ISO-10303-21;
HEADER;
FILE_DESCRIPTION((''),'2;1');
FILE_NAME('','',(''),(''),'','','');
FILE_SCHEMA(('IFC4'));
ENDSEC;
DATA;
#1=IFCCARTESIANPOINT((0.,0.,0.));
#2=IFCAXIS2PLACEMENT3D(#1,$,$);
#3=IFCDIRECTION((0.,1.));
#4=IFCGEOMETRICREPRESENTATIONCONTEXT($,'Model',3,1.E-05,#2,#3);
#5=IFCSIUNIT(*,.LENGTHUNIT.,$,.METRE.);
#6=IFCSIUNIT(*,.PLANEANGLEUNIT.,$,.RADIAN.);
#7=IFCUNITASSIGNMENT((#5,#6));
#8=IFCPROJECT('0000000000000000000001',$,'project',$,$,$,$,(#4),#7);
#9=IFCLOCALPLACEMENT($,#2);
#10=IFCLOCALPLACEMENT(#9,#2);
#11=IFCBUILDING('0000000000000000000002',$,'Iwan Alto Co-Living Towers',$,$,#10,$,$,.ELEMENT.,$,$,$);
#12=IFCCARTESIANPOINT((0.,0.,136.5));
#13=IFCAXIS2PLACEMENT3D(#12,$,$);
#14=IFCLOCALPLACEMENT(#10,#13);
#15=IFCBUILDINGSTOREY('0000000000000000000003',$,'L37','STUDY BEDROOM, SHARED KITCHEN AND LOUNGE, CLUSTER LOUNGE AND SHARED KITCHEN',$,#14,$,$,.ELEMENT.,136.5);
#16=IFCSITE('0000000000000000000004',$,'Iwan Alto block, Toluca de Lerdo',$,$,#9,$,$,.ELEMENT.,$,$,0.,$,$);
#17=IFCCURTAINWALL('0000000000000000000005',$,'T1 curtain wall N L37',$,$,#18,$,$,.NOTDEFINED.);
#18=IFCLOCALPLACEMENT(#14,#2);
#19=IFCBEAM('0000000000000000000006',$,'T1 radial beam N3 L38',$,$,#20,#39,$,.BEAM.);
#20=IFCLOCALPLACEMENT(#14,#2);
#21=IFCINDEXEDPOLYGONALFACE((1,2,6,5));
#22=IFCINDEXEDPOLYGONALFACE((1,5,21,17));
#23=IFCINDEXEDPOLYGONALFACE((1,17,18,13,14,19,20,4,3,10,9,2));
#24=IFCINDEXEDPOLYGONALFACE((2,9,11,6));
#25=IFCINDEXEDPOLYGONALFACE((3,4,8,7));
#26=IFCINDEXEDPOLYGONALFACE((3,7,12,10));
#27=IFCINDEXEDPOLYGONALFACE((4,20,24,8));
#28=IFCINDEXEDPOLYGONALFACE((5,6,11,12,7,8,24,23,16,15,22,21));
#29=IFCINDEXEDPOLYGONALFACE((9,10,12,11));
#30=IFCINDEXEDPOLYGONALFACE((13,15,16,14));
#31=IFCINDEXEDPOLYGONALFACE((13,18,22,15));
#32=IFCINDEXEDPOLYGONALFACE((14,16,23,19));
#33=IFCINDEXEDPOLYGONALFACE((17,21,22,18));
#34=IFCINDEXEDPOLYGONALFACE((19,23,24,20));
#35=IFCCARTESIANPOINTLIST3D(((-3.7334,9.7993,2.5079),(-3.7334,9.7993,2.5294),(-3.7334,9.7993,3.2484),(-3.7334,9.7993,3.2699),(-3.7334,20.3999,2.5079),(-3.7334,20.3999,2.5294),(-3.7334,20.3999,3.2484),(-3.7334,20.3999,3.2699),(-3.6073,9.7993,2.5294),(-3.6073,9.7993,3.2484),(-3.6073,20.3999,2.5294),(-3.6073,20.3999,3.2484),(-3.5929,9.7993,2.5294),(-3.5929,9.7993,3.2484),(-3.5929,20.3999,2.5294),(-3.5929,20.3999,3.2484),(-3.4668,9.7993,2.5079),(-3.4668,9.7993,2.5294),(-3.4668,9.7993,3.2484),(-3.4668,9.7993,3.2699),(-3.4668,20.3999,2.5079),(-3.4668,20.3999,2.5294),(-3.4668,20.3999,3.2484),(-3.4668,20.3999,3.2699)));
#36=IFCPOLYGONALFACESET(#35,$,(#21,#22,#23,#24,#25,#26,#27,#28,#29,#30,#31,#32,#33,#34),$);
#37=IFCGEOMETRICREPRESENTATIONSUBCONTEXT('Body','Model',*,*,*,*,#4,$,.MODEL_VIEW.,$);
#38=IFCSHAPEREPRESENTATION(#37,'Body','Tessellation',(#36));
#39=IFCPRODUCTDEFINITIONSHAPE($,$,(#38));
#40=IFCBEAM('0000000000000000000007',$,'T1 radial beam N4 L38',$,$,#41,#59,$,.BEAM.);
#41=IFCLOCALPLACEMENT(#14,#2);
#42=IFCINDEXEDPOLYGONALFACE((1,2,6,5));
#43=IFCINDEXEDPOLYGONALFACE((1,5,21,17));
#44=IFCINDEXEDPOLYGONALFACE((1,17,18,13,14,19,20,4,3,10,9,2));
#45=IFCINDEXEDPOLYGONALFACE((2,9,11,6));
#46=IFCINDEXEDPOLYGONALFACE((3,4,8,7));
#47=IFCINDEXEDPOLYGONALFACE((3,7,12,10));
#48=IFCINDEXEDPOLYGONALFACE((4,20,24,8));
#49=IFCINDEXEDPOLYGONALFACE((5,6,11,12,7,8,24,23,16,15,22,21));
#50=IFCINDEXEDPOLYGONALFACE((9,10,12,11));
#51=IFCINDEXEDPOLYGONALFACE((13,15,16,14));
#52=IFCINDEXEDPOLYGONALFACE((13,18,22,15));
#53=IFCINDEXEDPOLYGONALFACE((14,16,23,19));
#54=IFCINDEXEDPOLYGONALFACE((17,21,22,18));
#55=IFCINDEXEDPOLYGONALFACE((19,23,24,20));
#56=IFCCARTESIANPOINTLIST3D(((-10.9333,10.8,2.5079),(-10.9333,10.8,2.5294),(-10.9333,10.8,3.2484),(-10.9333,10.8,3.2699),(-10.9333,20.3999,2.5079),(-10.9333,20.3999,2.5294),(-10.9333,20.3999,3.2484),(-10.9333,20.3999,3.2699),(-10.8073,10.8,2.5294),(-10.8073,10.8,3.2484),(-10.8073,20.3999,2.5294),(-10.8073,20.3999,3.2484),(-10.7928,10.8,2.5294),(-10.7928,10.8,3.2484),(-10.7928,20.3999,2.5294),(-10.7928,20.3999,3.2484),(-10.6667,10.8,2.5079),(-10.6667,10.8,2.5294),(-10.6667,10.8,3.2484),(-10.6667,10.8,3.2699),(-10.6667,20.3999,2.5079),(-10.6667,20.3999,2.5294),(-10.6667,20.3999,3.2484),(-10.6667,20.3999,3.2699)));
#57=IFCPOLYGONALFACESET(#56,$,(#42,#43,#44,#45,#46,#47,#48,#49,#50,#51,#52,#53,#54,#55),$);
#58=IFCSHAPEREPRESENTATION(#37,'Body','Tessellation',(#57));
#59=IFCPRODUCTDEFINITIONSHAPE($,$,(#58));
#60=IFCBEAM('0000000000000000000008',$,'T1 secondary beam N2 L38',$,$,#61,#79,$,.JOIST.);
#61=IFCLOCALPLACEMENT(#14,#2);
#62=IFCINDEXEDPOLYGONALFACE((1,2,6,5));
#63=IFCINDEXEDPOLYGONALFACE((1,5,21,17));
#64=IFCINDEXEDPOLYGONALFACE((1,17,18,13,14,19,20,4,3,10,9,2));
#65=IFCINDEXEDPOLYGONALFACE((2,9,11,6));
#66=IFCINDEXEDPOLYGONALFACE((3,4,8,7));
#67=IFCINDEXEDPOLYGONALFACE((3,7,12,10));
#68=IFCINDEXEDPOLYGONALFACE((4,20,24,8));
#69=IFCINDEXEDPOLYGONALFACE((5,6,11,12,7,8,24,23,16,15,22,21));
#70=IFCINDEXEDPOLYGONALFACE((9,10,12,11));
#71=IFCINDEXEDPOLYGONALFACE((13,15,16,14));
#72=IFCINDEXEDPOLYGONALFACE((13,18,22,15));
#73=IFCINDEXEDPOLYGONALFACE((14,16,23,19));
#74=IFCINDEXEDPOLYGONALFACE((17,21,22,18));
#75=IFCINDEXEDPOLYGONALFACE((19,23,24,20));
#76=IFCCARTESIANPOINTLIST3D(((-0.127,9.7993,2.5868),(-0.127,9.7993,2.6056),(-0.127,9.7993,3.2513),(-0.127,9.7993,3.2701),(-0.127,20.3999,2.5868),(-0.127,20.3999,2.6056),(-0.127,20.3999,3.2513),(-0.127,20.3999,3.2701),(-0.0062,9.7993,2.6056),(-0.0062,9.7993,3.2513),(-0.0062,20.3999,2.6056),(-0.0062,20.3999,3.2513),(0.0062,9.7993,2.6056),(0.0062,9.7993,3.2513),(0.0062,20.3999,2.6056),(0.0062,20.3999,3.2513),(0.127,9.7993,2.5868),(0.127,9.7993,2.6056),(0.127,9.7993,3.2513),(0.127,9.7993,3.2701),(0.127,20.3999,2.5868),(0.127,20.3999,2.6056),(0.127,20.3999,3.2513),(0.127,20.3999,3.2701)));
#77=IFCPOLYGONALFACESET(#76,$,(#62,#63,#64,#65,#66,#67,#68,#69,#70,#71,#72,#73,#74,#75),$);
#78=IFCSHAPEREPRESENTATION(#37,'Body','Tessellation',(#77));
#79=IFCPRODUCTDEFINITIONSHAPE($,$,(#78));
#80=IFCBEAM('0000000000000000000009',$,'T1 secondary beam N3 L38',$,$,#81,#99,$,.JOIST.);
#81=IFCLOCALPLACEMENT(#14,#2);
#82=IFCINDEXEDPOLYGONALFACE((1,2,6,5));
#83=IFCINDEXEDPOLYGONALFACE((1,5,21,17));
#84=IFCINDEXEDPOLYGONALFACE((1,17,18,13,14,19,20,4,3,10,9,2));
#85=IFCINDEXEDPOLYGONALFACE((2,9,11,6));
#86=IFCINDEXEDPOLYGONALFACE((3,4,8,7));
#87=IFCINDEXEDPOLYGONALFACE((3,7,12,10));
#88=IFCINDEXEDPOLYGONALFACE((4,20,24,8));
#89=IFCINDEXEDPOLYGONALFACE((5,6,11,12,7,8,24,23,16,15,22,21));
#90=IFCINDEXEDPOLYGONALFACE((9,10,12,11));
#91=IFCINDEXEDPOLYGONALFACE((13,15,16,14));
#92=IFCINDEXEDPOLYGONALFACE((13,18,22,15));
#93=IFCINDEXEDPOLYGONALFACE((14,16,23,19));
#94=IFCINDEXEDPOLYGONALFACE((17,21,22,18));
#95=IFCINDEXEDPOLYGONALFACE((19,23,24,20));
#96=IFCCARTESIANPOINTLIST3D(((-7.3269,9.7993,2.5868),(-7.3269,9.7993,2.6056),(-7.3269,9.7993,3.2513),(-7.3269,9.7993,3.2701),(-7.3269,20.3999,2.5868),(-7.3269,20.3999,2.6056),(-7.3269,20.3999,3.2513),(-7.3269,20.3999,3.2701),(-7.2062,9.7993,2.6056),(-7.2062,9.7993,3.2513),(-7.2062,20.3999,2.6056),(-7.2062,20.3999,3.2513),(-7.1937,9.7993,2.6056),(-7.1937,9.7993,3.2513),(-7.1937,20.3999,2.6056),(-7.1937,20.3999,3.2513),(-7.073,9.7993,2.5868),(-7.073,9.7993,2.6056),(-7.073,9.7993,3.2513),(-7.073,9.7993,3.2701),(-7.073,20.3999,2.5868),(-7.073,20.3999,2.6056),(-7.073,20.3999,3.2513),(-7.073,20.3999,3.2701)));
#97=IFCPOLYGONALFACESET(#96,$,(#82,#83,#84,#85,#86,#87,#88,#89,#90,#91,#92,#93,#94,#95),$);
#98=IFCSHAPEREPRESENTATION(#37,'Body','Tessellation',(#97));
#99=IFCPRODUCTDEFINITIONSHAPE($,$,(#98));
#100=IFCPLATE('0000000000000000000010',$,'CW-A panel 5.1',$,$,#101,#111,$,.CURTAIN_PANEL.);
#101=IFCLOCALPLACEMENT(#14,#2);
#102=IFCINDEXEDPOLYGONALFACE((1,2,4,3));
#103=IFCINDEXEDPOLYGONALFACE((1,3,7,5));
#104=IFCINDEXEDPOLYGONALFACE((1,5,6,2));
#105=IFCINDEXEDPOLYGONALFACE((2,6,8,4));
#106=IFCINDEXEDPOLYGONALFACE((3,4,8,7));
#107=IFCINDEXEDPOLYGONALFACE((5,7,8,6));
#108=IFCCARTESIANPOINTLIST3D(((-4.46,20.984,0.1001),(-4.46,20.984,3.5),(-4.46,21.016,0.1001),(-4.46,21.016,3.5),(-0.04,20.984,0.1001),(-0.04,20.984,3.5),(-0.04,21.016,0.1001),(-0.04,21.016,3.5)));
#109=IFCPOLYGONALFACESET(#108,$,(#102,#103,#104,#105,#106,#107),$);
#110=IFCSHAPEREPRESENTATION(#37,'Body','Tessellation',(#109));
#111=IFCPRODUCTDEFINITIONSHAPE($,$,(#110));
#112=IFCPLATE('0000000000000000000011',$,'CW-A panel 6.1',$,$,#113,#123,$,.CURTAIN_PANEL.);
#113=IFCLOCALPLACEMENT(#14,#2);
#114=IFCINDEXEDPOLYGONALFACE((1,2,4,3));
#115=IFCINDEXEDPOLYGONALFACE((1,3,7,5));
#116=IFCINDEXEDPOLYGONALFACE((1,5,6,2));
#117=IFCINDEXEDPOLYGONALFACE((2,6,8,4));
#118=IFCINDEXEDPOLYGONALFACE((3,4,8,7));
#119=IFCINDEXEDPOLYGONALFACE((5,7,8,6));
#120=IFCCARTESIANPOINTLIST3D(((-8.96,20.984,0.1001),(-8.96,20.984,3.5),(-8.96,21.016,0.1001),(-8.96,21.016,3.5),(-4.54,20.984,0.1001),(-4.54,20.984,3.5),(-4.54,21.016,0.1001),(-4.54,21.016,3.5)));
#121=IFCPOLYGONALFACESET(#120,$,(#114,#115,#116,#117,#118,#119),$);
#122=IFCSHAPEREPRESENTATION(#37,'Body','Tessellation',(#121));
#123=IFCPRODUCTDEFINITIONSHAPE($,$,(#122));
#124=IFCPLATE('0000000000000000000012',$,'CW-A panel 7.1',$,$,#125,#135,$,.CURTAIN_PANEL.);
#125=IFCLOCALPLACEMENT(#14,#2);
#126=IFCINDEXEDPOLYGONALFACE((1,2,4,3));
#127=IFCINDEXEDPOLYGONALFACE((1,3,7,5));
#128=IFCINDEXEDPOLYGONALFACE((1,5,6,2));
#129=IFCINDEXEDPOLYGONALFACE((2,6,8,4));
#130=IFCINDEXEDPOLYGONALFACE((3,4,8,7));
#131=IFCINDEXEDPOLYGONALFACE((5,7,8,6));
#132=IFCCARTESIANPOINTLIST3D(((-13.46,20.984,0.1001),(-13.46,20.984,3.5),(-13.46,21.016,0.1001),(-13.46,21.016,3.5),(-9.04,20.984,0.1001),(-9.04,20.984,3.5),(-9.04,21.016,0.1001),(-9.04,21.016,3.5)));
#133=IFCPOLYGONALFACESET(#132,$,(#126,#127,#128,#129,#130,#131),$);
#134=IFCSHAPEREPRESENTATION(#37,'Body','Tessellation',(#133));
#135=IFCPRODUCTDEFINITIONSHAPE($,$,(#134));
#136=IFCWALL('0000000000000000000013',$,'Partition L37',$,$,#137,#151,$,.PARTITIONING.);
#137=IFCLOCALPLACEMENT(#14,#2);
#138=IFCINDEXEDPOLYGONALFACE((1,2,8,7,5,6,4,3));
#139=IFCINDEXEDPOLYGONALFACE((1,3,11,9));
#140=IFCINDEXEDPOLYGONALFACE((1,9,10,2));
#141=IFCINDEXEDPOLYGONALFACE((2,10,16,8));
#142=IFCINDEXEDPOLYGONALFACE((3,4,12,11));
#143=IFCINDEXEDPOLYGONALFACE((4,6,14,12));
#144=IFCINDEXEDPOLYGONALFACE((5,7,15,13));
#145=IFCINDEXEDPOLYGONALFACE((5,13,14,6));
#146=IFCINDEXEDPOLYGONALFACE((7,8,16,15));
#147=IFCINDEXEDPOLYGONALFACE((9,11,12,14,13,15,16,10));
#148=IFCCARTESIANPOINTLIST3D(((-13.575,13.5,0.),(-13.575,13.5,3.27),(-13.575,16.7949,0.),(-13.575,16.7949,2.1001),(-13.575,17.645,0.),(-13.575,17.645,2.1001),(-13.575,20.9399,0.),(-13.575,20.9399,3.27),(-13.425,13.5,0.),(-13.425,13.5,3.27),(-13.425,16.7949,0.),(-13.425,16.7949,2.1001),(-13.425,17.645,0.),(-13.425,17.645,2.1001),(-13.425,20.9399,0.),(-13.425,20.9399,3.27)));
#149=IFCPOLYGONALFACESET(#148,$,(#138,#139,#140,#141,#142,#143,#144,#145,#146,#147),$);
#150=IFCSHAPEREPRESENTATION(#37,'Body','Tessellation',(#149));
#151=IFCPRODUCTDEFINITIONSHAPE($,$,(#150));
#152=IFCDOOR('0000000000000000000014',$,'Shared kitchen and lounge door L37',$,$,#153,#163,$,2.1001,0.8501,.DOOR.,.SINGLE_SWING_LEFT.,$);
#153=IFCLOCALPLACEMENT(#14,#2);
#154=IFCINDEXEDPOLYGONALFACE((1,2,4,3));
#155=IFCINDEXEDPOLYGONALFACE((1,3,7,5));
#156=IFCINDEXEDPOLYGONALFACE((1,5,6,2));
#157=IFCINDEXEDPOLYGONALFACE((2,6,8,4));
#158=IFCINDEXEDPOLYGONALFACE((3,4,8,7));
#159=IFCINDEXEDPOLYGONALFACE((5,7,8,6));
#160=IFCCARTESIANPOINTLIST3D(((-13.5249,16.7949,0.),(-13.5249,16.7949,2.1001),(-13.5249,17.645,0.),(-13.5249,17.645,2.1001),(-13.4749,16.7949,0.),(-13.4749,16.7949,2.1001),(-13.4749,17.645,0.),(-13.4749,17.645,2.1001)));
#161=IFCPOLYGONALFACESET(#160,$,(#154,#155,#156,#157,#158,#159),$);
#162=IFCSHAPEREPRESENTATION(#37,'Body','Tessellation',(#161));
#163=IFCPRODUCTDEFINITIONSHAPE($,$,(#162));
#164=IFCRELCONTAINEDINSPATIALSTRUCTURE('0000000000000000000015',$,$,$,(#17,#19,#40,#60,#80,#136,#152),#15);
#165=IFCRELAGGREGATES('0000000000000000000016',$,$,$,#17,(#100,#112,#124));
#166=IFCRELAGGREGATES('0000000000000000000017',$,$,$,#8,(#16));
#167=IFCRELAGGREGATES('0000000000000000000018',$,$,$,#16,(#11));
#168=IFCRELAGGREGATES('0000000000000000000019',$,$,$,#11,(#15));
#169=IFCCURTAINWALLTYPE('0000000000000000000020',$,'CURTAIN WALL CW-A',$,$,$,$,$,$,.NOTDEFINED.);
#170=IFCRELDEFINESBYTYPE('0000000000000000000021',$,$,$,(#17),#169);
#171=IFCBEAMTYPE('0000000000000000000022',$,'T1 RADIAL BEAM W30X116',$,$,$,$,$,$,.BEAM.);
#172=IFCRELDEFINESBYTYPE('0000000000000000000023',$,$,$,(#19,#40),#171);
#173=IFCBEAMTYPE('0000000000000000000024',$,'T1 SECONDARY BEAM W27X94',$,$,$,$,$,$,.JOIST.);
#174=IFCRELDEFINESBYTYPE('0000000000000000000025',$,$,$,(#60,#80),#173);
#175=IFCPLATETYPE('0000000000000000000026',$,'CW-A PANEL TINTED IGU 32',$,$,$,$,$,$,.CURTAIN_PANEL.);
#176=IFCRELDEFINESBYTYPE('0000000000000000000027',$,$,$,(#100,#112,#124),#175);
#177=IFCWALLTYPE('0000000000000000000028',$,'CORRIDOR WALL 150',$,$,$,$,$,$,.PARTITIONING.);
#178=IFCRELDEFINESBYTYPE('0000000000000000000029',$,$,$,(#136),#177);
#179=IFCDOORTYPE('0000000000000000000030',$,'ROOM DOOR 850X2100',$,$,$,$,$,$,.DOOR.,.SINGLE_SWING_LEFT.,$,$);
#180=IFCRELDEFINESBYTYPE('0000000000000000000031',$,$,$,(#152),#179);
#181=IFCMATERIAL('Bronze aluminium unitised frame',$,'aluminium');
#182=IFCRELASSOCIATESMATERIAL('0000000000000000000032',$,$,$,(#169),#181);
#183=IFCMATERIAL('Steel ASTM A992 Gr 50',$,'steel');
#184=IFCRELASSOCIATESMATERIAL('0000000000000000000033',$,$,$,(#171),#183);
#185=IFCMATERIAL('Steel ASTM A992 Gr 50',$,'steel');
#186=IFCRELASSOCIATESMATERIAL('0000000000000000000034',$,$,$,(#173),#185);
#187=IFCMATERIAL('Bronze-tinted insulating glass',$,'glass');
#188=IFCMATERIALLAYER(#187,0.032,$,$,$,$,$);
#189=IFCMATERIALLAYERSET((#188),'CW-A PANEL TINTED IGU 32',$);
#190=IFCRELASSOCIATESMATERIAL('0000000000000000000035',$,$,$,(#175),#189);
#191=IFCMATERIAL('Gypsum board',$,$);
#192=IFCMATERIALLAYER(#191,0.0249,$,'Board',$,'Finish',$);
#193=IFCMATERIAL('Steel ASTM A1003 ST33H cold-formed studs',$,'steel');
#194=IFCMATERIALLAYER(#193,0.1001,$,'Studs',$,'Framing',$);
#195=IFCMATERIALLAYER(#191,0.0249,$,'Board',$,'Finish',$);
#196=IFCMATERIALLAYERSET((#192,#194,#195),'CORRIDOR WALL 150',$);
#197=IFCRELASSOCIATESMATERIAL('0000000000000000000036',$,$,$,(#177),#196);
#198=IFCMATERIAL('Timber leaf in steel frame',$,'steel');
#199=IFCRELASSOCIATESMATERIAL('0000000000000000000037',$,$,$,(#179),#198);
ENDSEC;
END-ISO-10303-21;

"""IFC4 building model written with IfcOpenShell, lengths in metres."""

from ifc_helpers import new_model, si_unit, direction, frame, frame_2d, origin, origin_2d, place, context, subcontext, project, spatial, rectangle, i_section, extrude, material, layer, layer_set, material_profile, profile_set, type_object, element, fill, aggregate, save


model = new_model("IFC4")

# Units and contexts
model_context = context("Model", 3, precision=1e-05, world=origin(), true_north=direction((0.0, 1.0)))
body_context = subcontext(model_context, "Body", "Model", "MODEL_VIEW")
ifc_project = project(units=[si_unit("LENGTHUNIT", "METRE"), si_unit("PLANEANGLEUNIT", "RADIAN")], contexts=[model_context])

# Site, building, storey
site_placement = place(None, origin())
site = spatial("IfcSite", under=ifc_project, at=site_placement, Name="Iwan Alto block, Toluca de Lerdo", CompositionType="ELEMENT", RefElevation=0.0)
building_placement = place(site_placement, origin())
building = spatial("IfcBuilding", under=site, at=building_placement, Name="Iwan Alto Co-Living Towers", CompositionType="ELEMENT")
storey_placement = place(building_placement, frame((0.0, 0.0, 136.5)))
storey = spatial("IfcBuildingStorey", under=building, at=storey_placement, Name="L37", Description="STUDY BEDROOM, SHARED KITCHEN AND LOUNGE, CLUSTER LOUNGE AND SHARED KITCHEN", CompositionType="ELEMENT", Elevation=136.5)

# Curtain wall
ifc_material_1 = material(Name="Bronze aluminium unitised frame", Category="aluminium")
curtain_wall_type = type_object("IfcCurtainWallType", Name="CURTAIN WALL CW-A", PredefinedType="NOTDEFINED", material=ifc_material_1)
curtain_wall_placement = place(storey_placement, origin())
curtain_wall = element("IfcCurtainWall", 1, at=curtain_wall_placement, inside=storey, type_object=curtain_wall_type, Name="T1 curtain wall N L37", PredefinedType="NOTDEFINED")

# Beams
ifc_material_2 = material(Name="Steel ASTM A992 Gr 50", Category="steel")
ifc_material_profile_1 = material_profile(ifc_material_2, i_section(OverallWidth=0.2666, OverallDepth=0.762, WebThickness=0.0144, FlangeThickness=0.0215, at=origin_2d()), Name="W30X116")
ifc_profile_set_1 = profile_set([ifc_material_profile_1], Name="Steel ASTM A992 Gr 50")
beam_type_1 = type_object("IfcBeamType", Name="T1 RADIAL BEAM W30X116", PredefinedType="BEAM", material=ifc_profile_set_1)
beam_1_placement = place(storey_placement, frame((-3.6001, 20.3999, 2.8889), z_axis=(0.0, -1.0, 0.0), x_axis=(1.0, 0.0, 0.0)))
element("IfcBeam", 2, at=beam_1_placement, inside=storey, type_object=beam_type_1, Name="T1 radial beam N3 L38", PredefinedType="BEAM", context=body_context, shape_type="SweptSolid", body=[
    extrude(i_section(OverallWidth=0.2666, OverallDepth=0.762, WebThickness=0.0144, FlangeThickness=0.0215, at=origin_2d()), origin(), (0.0, 0.0, 1.0), 10.6006),
])
beam_2_placement = place(storey_placement, frame((-10.8, 20.3999, 2.8889), z_axis=(0.0, -1.0, 0.0), x_axis=(1.0, 0.0, 0.0)))
element("IfcBeam", 3, at=beam_2_placement, inside=storey, type_object=beam_type_1, Name="T1 radial beam N4 L38", PredefinedType="BEAM", context=body_context, shape_type="SweptSolid", body=[
    extrude(i_section(OverallWidth=0.2666, OverallDepth=0.762, WebThickness=0.0144, FlangeThickness=0.0215, at=origin_2d()), origin(), (0.0, 0.0, 1.0), 9.5999),
])
ifc_material_3 = material(Name="Steel ASTM A992 Gr 50", Category="steel")
ifc_material_profile_2 = material_profile(ifc_material_3, i_section(OverallWidth=0.2539, OverallDepth=0.6833, WebThickness=0.0125, FlangeThickness=0.0188, at=origin_2d()), Name="W27X94")
ifc_profile_set_2 = profile_set([ifc_material_profile_2], Name="Steel ASTM A992 Gr 50")
beam_type_2 = type_object("IfcBeamType", Name="T1 SECONDARY BEAM W27X94", PredefinedType="JOIST", material=ifc_profile_set_2)
for number, where, z_axis, x_axis, name in (
    (4, (0.0, 20.3999, 2.9285), (0.0, -1.0, 0.0), (1.0, 0.0, 0.0), "T1 secondary beam N2 L38"),
    (5, (-7.2, 20.3999, 2.9285), (0.0, -1.0, 0.0), (1.0, 0.0, 0.0), "T1 secondary beam N3 L38"),
):
    element("IfcBeam", number, at=place(storey_placement, frame(where, z_axis=z_axis, x_axis=x_axis)), inside=storey, type_object=beam_type_2, Name=name, PredefinedType="JOIST", context=body_context, shape_type="SweptSolid", body=[
        extrude(i_section(OverallWidth=0.2539, OverallDepth=0.6833, WebThickness=0.0125, FlangeThickness=0.0188, at=origin_2d()), origin(), (0.0, 0.0, 1.0), 10.6006),
    ])

# Plates
ifc_material_4 = material(Name="Bronze-tinted insulating glass", Category="glass")
ifc_layer_1 = layer(ifc_material_4, 0.032)
ifc_layer_set_1 = layer_set([ifc_layer_1], Name="CW-A PANEL TINTED IGU 32")
plate_type = type_object("IfcPlateType", Name="CW-A PANEL TINTED IGU 32", PredefinedType="CURTAIN_PANEL", material=ifc_layer_set_1)
plate_1_placement = place(storey_placement, frame((-2.25, 21.0, 0.1001), z_axis=(0.0, 0.0, 1.0), x_axis=(-1.0, 0.0, 0.0)))
plate_1 = element("IfcPlate", 6, at=plate_1_placement, type_object=plate_type, Name="CW-A panel 5.1", PredefinedType="CURTAIN_PANEL", context=body_context, shape_type="SweptSolid", body=[
    extrude(rectangle(XDim=4.4199, YDim=0.032, at=origin_2d()), origin(), (0.0, 0.0, 1.0), 3.3999),
])
plate_2_placement = place(storey_placement, frame((-6.75, 21.0, 0.1001), z_axis=(0.0, 0.0, 1.0), x_axis=(-1.0, 0.0, 0.0)))
plate_2 = element("IfcPlate", 7, at=plate_2_placement, type_object=plate_type, Name="CW-A panel 6.1", PredefinedType="CURTAIN_PANEL", context=body_context, shape_type="SweptSolid", body=[
    extrude(rectangle(XDim=4.4199, YDim=0.032, at=origin_2d()), origin(), (0.0, 0.0, 1.0), 3.3999),
])
plate_3_placement = place(storey_placement, frame((-11.25, 21.0, 0.1001), z_axis=(0.0, 0.0, 1.0), x_axis=(-1.0, 0.0, 0.0)))
plate_3 = element("IfcPlate", 8, at=plate_3_placement, type_object=plate_type, Name="CW-A panel 7.1", PredefinedType="CURTAIN_PANEL", context=body_context, shape_type="SweptSolid", body=[
    extrude(rectangle(XDim=4.4199, YDim=0.032, at=origin_2d()), origin(), (0.0, 0.0, 1.0), 3.3999),
])
aggregate(curtain_wall, [plate_1, plate_2, plate_3])

# Wall, opening, door
ifc_material_5 = material(Name="Gypsum board")
ifc_layer_2 = layer(ifc_material_5, 0.0249, Name="Board", Category="Finish")
ifc_material_6 = material(Name="Steel ASTM A1003 ST33H cold-formed studs", Category="steel")
ifc_layer_3 = layer(ifc_material_6, 0.1001, Name="Studs", Category="Framing")
ifc_layer_4 = layer(ifc_material_5, 0.0249, Name="Board", Category="Finish")
ifc_layer_set_2 = layer_set([ifc_layer_2, ifc_layer_3, ifc_layer_4], Name="CORRIDOR WALL 150")
wall_type_1 = type_object("IfcWallType", Name="CORRIDOR WALL 150", PredefinedType="PARTITIONING", material=ifc_layer_set_2)
wall_1_placement = place(storey_placement, frame((-13.5, 13.5, 0.0), z_axis=(0.0, 0.0, 1.0), x_axis=(0.0, 1.0, 0.0)))
wall_1 = element("IfcWall", 9, at=wall_1_placement, inside=storey, type_object=wall_type_1, Name="Partition L37", PredefinedType="PARTITIONING", context=body_context, shape_type="SweptSolid", body=[
    extrude(rectangle(XDim=7.4399, YDim=0.1499, at=frame_2d((3.72, 0.0))), origin(), (0.0, 0.0, 1.0), 3.27),
])
opening_1_placement = place(wall_1_placement, frame((3.2949, 0.0, 0.0)))
opening_1 = element("IfcOpeningElement", 10, at=opening_1_placement, cuts=wall_1, PredefinedType="OPENING", context=body_context, shape_type="SweptSolid", body=[
    extrude(rectangle(XDim=0.8501, YDim=2.1001, at=frame_2d((0.425, 1.05))), frame((0.0, 0.085, 0.0), z_axis=(0.0, -1.0, 0.0), x_axis=(1.0, 0.0, 0.0)), (0.0, 0.0, 1.0), 0.1699),
])
ifc_material_7 = material(Name="Timber leaf in steel frame", Category="steel")
door_type_1 = type_object("IfcDoorType", Name="ROOM DOOR 850X2100", OperationType="SINGLE_SWING_LEFT", PredefinedType="DOOR", material=ifc_material_7)
door_1_placement = place(opening_1_placement, origin())
door_1 = element("IfcDoor", 11, at=door_1_placement, inside=storey, type_object=door_type_1, Name="Shared kitchen and lounge door L37", OperationType="SINGLE_SWING_LEFT", OverallHeight=2.1001, OverallWidth=0.8501, PredefinedType="DOOR", context=body_context, shape_type="SweptSolid", body=[
    extrude(rectangle(XDim=0.8501, YDim=2.1001, at=frame_2d((0.425, 1.05))), frame((0.0, 0.0249, 0.0), z_axis=(0.0, -1.0, 0.0), x_axis=(1.0, 0.0, 0.0)), (0.0, 0.0, 1.0), 0.05),
])
fill(opening_1, door_1)

save(model, "model.ifc")
